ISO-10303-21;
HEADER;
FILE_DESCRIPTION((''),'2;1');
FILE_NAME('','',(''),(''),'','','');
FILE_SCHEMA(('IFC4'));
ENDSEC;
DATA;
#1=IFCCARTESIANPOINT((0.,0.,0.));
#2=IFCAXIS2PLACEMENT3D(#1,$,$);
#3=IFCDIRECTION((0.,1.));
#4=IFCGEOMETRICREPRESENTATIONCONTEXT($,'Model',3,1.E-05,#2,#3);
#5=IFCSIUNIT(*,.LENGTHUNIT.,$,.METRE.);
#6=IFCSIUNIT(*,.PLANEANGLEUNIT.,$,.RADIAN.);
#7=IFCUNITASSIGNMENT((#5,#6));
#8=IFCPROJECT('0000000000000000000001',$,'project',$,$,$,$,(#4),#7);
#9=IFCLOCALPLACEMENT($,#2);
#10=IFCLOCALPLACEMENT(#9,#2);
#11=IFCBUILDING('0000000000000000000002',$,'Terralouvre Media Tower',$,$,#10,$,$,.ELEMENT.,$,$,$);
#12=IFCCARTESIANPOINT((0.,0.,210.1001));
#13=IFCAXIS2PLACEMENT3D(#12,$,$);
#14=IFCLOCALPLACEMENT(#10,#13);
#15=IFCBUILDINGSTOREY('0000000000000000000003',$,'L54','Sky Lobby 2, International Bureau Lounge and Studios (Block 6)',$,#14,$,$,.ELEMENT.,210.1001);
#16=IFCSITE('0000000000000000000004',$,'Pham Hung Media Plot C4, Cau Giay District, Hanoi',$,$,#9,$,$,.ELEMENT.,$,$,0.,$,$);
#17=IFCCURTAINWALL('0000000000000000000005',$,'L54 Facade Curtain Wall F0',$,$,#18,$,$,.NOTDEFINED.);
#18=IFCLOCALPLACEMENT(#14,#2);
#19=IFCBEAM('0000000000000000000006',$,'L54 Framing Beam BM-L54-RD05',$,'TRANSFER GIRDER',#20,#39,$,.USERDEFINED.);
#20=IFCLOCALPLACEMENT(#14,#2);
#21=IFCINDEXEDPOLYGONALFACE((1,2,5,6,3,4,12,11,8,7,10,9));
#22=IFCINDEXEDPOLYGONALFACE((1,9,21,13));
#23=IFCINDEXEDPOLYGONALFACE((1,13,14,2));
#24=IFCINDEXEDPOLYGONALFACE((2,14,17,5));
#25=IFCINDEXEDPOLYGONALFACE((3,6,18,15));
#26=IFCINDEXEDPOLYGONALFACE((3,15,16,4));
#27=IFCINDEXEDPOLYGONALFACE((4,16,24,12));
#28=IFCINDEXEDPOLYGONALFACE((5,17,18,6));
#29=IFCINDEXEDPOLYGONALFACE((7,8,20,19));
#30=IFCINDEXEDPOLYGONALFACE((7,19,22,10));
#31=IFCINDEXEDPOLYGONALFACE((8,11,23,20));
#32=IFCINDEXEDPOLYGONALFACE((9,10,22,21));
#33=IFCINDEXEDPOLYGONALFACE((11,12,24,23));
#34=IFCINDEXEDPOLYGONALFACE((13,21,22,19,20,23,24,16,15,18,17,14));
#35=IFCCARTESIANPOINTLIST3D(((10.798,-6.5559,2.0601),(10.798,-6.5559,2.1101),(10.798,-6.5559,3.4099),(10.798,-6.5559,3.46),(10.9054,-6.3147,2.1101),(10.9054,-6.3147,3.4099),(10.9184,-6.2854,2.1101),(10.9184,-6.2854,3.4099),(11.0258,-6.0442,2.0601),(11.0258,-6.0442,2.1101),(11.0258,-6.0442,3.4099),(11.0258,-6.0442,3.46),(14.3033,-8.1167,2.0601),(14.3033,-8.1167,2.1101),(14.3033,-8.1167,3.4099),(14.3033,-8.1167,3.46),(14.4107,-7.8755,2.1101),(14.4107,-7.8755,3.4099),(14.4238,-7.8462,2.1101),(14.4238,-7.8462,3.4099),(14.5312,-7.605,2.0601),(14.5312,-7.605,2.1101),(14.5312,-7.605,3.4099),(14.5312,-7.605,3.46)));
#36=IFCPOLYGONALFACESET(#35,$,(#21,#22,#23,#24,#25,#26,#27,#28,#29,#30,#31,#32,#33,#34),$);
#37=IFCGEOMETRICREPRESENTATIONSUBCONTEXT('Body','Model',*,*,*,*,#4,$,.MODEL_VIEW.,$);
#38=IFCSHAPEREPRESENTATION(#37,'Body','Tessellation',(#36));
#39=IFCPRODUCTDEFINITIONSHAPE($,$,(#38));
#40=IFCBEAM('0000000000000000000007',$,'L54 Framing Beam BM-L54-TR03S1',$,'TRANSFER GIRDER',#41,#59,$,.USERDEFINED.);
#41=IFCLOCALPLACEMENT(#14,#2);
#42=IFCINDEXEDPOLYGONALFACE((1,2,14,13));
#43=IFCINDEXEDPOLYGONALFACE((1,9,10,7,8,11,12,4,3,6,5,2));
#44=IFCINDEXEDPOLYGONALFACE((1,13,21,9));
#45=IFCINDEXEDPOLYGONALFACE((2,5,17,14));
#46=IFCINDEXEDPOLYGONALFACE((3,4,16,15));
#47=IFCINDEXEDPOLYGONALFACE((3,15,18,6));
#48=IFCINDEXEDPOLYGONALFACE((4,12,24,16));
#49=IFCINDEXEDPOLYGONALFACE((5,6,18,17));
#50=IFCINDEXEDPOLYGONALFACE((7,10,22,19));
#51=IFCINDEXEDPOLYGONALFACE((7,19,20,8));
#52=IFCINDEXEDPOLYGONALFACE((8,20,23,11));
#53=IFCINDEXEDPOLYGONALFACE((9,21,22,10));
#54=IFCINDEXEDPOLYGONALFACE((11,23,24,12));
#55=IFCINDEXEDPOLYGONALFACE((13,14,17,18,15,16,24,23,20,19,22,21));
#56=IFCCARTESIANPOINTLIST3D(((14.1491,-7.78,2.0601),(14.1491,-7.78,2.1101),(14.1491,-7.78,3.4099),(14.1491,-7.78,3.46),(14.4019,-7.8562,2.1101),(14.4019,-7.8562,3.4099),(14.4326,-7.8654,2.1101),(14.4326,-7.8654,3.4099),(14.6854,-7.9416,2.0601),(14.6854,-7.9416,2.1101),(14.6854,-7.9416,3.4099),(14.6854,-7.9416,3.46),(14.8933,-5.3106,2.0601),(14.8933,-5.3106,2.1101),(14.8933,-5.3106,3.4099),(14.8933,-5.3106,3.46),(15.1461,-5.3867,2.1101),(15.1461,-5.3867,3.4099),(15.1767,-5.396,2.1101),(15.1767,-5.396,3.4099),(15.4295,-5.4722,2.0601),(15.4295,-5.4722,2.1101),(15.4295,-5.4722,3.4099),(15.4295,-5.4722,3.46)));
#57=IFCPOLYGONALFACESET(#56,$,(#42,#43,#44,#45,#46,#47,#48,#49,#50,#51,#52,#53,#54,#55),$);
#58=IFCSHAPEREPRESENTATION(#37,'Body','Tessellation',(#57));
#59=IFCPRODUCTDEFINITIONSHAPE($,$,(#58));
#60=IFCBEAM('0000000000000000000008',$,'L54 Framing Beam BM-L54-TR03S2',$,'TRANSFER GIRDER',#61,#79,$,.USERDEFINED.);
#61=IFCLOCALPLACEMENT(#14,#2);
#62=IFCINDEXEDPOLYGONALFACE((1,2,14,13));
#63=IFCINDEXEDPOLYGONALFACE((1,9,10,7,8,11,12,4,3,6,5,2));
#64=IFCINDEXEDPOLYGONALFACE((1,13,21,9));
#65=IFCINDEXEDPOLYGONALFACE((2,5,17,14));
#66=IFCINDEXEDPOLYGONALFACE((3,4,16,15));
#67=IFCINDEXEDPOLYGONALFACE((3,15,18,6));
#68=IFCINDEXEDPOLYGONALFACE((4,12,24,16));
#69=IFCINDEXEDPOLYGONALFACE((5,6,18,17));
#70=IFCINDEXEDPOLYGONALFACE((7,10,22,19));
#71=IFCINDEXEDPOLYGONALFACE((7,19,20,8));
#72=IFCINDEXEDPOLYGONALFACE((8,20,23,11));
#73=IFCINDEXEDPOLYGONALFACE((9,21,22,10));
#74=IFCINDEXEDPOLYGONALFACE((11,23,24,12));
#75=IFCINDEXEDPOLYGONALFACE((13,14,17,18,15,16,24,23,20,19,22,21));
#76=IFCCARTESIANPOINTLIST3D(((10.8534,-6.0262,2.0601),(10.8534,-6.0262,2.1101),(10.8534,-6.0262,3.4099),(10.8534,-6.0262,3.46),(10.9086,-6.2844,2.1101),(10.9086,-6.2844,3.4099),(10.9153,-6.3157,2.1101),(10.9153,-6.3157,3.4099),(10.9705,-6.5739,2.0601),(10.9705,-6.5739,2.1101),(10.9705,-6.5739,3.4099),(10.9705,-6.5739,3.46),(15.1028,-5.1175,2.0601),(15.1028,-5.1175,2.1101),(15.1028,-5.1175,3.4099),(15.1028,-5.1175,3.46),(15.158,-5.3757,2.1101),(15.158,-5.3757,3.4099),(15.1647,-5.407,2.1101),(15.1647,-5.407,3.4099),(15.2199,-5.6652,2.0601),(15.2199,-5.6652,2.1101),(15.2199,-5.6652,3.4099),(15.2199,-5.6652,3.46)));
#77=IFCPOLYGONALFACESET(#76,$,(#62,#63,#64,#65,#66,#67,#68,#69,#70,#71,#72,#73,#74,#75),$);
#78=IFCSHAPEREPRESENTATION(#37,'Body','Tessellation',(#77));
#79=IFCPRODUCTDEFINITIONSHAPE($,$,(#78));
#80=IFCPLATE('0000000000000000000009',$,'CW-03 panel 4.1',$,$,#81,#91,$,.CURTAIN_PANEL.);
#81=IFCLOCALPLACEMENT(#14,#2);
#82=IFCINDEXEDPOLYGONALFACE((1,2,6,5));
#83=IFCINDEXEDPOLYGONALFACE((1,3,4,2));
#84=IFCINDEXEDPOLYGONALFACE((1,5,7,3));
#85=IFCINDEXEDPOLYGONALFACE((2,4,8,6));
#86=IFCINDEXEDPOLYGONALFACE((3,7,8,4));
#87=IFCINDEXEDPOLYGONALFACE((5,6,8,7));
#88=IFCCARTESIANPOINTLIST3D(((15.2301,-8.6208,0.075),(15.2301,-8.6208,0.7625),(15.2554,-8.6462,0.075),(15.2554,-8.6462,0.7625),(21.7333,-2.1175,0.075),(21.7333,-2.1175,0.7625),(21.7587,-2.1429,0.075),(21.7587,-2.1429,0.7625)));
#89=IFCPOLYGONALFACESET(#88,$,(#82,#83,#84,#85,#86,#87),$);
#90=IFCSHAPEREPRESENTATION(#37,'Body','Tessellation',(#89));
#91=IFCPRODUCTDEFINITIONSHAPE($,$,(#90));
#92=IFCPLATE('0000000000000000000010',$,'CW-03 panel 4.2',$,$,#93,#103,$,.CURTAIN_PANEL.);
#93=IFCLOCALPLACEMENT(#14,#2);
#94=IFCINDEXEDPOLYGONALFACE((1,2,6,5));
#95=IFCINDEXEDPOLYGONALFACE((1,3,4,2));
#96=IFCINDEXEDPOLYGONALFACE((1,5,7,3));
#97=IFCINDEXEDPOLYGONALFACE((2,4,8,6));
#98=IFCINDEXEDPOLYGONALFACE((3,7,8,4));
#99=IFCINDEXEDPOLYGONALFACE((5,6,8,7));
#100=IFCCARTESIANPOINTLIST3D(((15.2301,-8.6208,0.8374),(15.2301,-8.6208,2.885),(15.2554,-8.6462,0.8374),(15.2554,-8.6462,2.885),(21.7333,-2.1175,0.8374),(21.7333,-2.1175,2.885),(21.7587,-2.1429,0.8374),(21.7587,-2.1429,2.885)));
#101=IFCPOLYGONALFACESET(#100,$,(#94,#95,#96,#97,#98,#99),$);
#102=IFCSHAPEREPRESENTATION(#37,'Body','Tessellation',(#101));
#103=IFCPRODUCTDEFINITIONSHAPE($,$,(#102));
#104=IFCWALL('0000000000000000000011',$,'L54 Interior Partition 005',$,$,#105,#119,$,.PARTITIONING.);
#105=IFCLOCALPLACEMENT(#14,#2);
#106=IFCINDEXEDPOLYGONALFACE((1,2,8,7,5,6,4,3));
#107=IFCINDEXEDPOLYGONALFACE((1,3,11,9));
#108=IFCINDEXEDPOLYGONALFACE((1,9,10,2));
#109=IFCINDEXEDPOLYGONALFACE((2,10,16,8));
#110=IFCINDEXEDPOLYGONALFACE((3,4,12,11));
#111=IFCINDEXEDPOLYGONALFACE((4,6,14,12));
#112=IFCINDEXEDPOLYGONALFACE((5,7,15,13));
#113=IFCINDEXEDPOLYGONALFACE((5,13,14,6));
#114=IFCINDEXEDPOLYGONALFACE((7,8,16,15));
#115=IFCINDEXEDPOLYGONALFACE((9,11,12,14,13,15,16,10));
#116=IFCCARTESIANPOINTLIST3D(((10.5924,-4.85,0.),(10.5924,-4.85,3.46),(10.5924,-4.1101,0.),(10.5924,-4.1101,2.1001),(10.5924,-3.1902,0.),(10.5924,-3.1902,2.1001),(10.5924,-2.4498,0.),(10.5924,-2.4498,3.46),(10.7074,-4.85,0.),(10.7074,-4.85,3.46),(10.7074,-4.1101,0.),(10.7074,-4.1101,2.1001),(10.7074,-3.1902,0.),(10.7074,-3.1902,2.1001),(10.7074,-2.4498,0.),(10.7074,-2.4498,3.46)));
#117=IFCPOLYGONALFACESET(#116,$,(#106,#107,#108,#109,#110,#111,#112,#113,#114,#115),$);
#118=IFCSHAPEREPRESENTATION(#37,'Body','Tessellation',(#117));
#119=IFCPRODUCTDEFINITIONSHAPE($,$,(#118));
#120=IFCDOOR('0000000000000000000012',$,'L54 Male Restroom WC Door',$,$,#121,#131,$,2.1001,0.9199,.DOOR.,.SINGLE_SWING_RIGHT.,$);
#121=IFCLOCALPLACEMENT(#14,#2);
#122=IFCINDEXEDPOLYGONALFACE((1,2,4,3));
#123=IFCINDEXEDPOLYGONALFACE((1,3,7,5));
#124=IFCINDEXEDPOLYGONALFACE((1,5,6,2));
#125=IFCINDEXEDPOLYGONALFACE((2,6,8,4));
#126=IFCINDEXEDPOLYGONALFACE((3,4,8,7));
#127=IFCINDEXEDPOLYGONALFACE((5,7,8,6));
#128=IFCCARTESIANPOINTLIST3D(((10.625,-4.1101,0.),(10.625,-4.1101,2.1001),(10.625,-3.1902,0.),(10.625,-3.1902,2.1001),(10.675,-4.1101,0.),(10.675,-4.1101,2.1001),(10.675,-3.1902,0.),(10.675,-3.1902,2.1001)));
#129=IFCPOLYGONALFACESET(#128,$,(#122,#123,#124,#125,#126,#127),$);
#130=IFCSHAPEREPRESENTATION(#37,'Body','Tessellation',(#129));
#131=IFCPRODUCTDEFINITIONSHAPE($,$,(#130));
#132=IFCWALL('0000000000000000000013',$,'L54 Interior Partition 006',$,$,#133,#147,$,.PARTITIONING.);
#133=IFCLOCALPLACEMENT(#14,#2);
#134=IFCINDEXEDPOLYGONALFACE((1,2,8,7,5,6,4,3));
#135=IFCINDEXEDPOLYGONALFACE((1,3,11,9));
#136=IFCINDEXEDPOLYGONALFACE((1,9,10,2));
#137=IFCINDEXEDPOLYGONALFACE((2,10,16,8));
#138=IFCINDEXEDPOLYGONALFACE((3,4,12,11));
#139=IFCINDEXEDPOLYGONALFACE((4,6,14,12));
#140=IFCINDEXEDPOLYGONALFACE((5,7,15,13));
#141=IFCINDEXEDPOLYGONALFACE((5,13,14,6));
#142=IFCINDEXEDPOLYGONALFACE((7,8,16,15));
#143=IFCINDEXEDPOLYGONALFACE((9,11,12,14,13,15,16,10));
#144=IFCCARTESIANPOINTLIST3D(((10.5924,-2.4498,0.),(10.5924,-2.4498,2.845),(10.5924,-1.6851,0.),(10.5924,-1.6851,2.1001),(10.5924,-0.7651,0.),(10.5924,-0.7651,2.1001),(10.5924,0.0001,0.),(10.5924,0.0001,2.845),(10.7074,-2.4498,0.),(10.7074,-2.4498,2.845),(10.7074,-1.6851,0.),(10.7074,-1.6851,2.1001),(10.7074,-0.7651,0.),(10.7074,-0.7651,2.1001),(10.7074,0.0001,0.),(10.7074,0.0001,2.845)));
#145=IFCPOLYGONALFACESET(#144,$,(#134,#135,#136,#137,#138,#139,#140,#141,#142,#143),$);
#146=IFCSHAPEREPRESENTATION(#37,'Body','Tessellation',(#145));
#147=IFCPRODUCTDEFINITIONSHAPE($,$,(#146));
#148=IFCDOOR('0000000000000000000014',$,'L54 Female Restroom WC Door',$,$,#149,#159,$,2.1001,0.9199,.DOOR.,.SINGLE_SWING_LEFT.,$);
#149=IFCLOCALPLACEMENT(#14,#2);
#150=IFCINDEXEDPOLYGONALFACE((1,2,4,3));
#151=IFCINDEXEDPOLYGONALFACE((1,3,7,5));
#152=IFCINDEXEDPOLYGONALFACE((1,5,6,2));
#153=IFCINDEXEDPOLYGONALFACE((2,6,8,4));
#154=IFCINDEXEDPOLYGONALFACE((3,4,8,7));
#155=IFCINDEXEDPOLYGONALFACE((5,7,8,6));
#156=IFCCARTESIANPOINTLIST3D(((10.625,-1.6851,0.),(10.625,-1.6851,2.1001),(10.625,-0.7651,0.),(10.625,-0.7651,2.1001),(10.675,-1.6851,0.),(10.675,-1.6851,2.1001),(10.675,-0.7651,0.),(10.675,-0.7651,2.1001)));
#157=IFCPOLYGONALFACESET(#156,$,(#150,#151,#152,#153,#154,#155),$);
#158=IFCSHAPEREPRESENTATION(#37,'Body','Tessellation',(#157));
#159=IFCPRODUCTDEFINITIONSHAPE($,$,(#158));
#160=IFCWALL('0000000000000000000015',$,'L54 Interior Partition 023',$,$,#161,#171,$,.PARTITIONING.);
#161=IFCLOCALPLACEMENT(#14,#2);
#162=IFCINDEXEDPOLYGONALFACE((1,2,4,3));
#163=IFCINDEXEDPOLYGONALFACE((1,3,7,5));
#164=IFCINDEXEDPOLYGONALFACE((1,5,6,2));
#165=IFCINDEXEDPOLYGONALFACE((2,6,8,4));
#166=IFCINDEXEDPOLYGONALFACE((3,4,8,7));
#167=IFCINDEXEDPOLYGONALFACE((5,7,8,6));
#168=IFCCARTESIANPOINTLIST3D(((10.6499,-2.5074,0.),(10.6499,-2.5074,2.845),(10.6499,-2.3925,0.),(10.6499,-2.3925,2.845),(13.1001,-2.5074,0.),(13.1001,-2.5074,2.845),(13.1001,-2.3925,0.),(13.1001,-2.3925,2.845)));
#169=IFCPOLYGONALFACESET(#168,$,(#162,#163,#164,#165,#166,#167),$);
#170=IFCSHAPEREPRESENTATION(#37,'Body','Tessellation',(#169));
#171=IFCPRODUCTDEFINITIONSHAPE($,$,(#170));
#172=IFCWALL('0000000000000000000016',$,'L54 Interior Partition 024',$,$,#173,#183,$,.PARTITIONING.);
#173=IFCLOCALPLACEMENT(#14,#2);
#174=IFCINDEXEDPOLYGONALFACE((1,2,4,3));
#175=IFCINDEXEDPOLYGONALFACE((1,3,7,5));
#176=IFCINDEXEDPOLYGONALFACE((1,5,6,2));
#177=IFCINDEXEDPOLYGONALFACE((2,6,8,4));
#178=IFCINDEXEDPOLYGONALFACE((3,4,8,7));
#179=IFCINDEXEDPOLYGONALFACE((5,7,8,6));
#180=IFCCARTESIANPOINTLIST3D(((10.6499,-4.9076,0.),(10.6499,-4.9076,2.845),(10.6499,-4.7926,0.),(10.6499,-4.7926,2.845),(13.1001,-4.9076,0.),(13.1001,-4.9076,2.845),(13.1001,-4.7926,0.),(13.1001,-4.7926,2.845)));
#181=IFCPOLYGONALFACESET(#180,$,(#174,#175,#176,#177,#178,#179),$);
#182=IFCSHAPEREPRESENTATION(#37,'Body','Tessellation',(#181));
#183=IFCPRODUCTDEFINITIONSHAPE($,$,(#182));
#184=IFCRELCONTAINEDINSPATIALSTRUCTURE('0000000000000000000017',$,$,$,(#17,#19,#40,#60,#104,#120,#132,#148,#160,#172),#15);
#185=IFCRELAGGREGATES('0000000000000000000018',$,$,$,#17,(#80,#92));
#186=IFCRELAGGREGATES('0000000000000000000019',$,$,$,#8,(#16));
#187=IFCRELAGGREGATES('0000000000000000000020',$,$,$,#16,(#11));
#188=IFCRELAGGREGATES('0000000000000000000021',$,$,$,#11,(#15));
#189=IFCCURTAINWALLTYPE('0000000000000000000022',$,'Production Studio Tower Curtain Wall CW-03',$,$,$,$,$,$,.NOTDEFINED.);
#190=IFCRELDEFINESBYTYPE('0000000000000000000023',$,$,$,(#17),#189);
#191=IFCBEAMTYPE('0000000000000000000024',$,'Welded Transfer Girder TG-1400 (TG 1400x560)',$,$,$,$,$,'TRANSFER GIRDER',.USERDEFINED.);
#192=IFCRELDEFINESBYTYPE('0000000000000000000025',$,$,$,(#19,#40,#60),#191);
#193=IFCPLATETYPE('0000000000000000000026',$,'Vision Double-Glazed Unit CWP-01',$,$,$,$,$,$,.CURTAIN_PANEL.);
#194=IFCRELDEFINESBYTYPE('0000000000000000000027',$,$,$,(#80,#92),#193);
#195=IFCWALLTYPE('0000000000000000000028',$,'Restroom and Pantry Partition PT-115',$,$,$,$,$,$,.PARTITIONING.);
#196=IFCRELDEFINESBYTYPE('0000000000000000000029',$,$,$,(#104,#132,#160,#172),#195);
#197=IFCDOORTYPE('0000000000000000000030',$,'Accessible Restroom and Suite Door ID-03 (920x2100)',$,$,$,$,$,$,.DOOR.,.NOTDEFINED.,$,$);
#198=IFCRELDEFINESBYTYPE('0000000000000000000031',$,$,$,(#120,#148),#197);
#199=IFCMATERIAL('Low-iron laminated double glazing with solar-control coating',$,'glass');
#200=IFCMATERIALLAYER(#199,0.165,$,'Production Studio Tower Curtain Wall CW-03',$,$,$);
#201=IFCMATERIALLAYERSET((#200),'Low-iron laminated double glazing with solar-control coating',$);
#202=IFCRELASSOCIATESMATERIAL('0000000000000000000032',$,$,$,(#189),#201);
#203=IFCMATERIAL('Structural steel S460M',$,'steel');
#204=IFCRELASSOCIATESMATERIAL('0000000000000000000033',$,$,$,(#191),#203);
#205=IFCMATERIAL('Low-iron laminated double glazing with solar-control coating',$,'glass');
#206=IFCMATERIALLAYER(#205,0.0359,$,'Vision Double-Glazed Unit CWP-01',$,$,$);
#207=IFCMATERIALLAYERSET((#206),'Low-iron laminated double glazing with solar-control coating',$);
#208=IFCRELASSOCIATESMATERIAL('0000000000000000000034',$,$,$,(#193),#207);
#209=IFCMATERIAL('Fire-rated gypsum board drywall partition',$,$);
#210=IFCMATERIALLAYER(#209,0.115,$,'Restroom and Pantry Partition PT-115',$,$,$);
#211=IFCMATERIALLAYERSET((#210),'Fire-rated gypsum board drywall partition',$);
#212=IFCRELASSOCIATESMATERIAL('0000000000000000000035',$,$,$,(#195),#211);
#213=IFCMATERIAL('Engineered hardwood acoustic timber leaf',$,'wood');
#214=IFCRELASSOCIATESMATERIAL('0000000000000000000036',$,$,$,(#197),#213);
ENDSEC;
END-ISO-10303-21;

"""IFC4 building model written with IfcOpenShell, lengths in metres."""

from ifc_helpers import new_model, si_unit, direction, frame, frame_2d, origin, origin_2d, place, context, subcontext, project, spatial, rectangle, i_section, extrude, material, layer, layer_set, material_profile, profile_set, type_object, element, fill, aggregate, save


model = new_model("IFC4")

# Units and contexts
model_context = context("Model", 3, precision=1e-05, world=origin(), true_north=direction((0.0, 1.0)))
body_context = subcontext(model_context, "Body", "Model", "MODEL_VIEW")
ifc_project = project(units=[si_unit("LENGTHUNIT", "METRE"), si_unit("PLANEANGLEUNIT", "RADIAN")], contexts=[model_context])

# Site, building, storey
site_placement = place(None, origin())
site = spatial("IfcSite", under=ifc_project, at=site_placement, Name="Pham Hung Media Plot C4, Cau Giay District, Hanoi", CompositionType="ELEMENT", RefElevation=0.0)
building_placement = place(site_placement, origin())
building = spatial("IfcBuilding", under=site, at=building_placement, Name="Terralouvre Media Tower", CompositionType="ELEMENT")
storey_placement = place(building_placement, frame((0.0, 0.0, 210.1001)))
storey = spatial("IfcBuildingStorey", under=building, at=storey_placement, Name="L54", Description="Sky Lobby 2, International Bureau Lounge and Studios (Block 6)", CompositionType="ELEMENT", Elevation=210.1001)

# Curtain wall
ifc_material_1 = material(Name="Low-iron laminated double glazing with solar-control coating", Category="glass")
ifc_layer_1 = layer(ifc_material_1, 0.165, Name="Production Studio Tower Curtain Wall CW-03")
ifc_layer_set_1 = layer_set([ifc_layer_1], Name="Low-iron laminated double glazing with solar-control coating")
curtain_wall_type = type_object("IfcCurtainWallType", Name="Production Studio Tower Curtain Wall CW-03", PredefinedType="NOTDEFINED", material=ifc_layer_set_1)
curtain_wall_placement = place(storey_placement, origin())
curtain_wall = element("IfcCurtainWall", 1, at=curtain_wall_placement, inside=storey, type_object=curtain_wall_type, Name="L54 Facade Curtain Wall F0", PredefinedType="NOTDEFINED")

# Beams
ifc_material_2 = material(Name="Structural steel S460M", Category="steel")
ifc_material_profile_1 = material_profile(ifc_material_2, i_section(OverallWidth=0.5601, OverallDepth=1.3999, WebThickness=0.032, FlangeThickness=0.05, at=origin_2d()), Name="TG 1400x560")
ifc_profile_set_1 = profile_set([ifc_material_profile_1], Name="Structural steel S460M")
beam_type_1 = type_object("IfcBeamType", Name="Welded Transfer Girder TG-1400 (TG 1400x560)", ElementType="TRANSFER GIRDER", PredefinedType="USERDEFINED", material=ifc_profile_set_1)
beam_1_placement = place(storey_placement, frame((10.9119, -6.3, 2.76), z_axis=(0.913536, -0.406758, 0.0), x_axis=(0.406758, 0.913536, 0.0)))
element("IfcBeam", 2, at=beam_1_placement, inside=storey, type_object=beam_type_1, Name="L54 Framing Beam BM-L54-RD05", ObjectType="TRANSFER GIRDER", PredefinedType="USERDEFINED", context=body_context, shape_type="SweptSolid", body=[
    extrude(i_section(OverallWidth=0.5601, OverallDepth=1.3999, WebThickness=0.032, FlangeThickness=0.05, at=origin_2d()), origin(), (0.0, 0.0, 1.0), 3.8372),
])
beam_2_placement = place(storey_placement, frame((15.1614, -5.3914, 2.76), z_axis=(-0.28852, -0.957474, 0.0), x_axis=(0.957474, -0.28852, 0.0)))
element("IfcBeam", 3, at=beam_2_placement, inside=storey, type_object=beam_type_1, Name="L54 Framing Beam BM-L54-TR03S1", ObjectType="TRANSFER GIRDER", PredefinedType="USERDEFINED", context=body_context, shape_type="SweptSolid", body=[
    extrude(i_section(OverallWidth=0.5601, OverallDepth=1.3999, WebThickness=0.032, FlangeThickness=0.05, at=origin_2d()), origin(), (0.0, 0.0, 1.0), 2.5791),
])
beam_3_placement = place(storey_placement, frame((15.1614, -5.3914, 2.76), z_axis=(-0.977893, -0.209107, 0.0), x_axis=(0.209107, -0.977893, 0.0)))
element("IfcBeam", 4, at=beam_3_placement, inside=storey, type_object=beam_type_1, Name="L54 Framing Beam BM-L54-TR03S2", ObjectType="TRANSFER GIRDER", PredefinedType="USERDEFINED", context=body_context, shape_type="SweptSolid", body=[
    extrude(i_section(OverallWidth=0.5601, OverallDepth=1.3999, WebThickness=0.032, FlangeThickness=0.05, at=origin_2d()), origin(), (0.0, 0.0, 1.0), 4.3455),
])

# Plates
ifc_material_3 = material(Name="Low-iron laminated double glazing with solar-control coating", Category="glass")
ifc_layer_2 = layer(ifc_material_3, 0.0359, Name="Vision Double-Glazed Unit CWP-01")
ifc_layer_set_2 = layer_set([ifc_layer_2], Name="Low-iron laminated double glazing with solar-control coating")
plate_type = type_object("IfcPlateType", Name="Vision Double-Glazed Unit CWP-01", PredefinedType="CURTAIN_PANEL", material=ifc_layer_set_2)
plate_1_placement = place(storey_placement, frame((18.4944, -5.3818, 0.075), z_axis=(0.0, 0.0, 1.0), x_axis=(0.707107, 0.707107, 0.0)))
plate_1 = element("IfcPlate", 5, at=plate_1_placement, type_object=plate_type, Name="CW-03 panel 4.1", PredefinedType="CURTAIN_PANEL", context=body_context, shape_type="SweptSolid", body=[
    extrude(rectangle(XDim=9.197, YDim=0.0359, at=origin_2d()), origin(), (0.0, 0.0, 1.0), 0.6875),
])
plate_2_placement = place(storey_placement, frame((18.4944, -5.3818, 0.8374), z_axis=(0.0, 0.0, 1.0), x_axis=(0.707107, 0.707107, 0.0)))
plate_2 = element("IfcPlate", 6, at=plate_2_placement, type_object=plate_type, Name="CW-03 panel 4.2", PredefinedType="CURTAIN_PANEL", context=body_context, shape_type="SweptSolid", body=[
    extrude(rectangle(XDim=9.197, YDim=0.0359, at=origin_2d()), origin(), (0.0, 0.0, 1.0), 2.0476),
])
aggregate(curtain_wall, [plate_1, plate_2])

# Walls, openings, doors
ifc_material_4 = material(Name="Fire-rated gypsum board drywall partition")
ifc_layer_3 = layer(ifc_material_4, 0.115, Name="Restroom and Pantry Partition PT-115")
ifc_layer_set_3 = layer_set([ifc_layer_3], Name="Fire-rated gypsum board drywall partition")
wall_type = type_object("IfcWallType", Name="Restroom and Pantry Partition PT-115", PredefinedType="PARTITIONING", material=ifc_layer_set_3)
wall_1_placement = place(storey_placement, frame((10.6499, -4.8501, 0.0), z_axis=(0.0, 0.0, 1.0), x_axis=(0.0, 1.0, 0.0)))
wall_1 = element("IfcWall", 7, at=wall_1_placement, inside=storey, type_object=wall_type, Name="L54 Interior Partition 005", PredefinedType="PARTITIONING", context=body_context, shape_type="SweptSolid", body=[
    extrude(rectangle(XDim=2.4001, YDim=0.115, at=frame_2d((1.2002, 0.0))), origin(), (0.0, 0.0, 1.0), 3.46),
])
opening_1_placement = place(wall_1_placement, frame((0.74, 0.0, 0.0)))
opening_1 = element("IfcOpeningElement", 8, at=opening_1_placement, cuts=wall_1, PredefinedType="OPENING", context=body_context, shape_type="SweptSolid", body=[
    extrude(rectangle(XDim=0.9199, YDim=2.1001, at=frame_2d((0.46, 1.05))), frame((0.0, 0.0674, 0.0), z_axis=(0.0, -1.0, 0.0), x_axis=(1.0, 0.0, 0.0)), (0.0, 0.0, 1.0), 0.135),
])
ifc_material_5 = material(Name="Engineered hardwood acoustic timber leaf", Category="wood")
door_type = type_object("IfcDoorType", Name="Accessible Restroom and Suite Door ID-03 (920x2100)", OperationType="NOTDEFINED", PredefinedType="DOOR", material=ifc_material_5)
door_1_placement = place(opening_1_placement, origin())
door_1 = element("IfcDoor", 9, at=door_1_placement, inside=storey, type_object=door_type, Name="L54 Male Restroom WC Door", OperationType="SINGLE_SWING_RIGHT", OverallHeight=2.1001, OverallWidth=0.9199, PredefinedType="DOOR", context=body_context, shape_type="SweptSolid", body=[
    extrude(rectangle(XDim=0.9199, YDim=2.1001, at=frame_2d((0.46, 1.05))), frame((0.0, 0.0249, 0.0), z_axis=(0.0, -1.0, 0.0), x_axis=(1.0, 0.0, 0.0)), (0.0, 0.0, 1.0), 0.05),
])
fill(opening_1, door_1)
wall_2_placement = place(storey_placement, frame((10.6499, -2.45, 0.0), z_axis=(0.0, 0.0, 1.0), x_axis=(0.0, 1.0, 0.0)))
wall_2 = element("IfcWall", 10, at=wall_2_placement, inside=storey, type_object=wall_type, Name="L54 Interior Partition 006", PredefinedType="PARTITIONING", context=body_context, shape_type="SweptSolid", body=[
    extrude(rectangle(XDim=2.45, YDim=0.115, at=frame_2d((1.2251, 0.0))), origin(), (0.0, 0.0, 1.0), 2.845),
])
opening_2_placement = place(wall_2_placement, frame((0.7649, 0.0, 0.0)))
opening_2 = element("IfcOpeningElement", 11, at=opening_2_placement, cuts=wall_2, PredefinedType="OPENING", context=body_context, shape_type="SweptSolid", body=[
    extrude(rectangle(XDim=0.9199, YDim=2.1001, at=frame_2d((0.46, 1.05))), frame((0.0, 0.0674, 0.0), z_axis=(0.0, -1.0, 0.0), x_axis=(1.0, 0.0, 0.0)), (0.0, 0.0, 1.0), 0.135),
])
door_2_placement = place(opening_2_placement, origin())
door_2 = element("IfcDoor", 12, at=door_2_placement, inside=storey, type_object=door_type, Name="L54 Female Restroom WC Door", OperationType="SINGLE_SWING_LEFT", OverallHeight=2.1001, OverallWidth=0.9199, PredefinedType="DOOR", context=body_context, shape_type="SweptSolid", body=[
    extrude(rectangle(XDim=0.9199, YDim=2.1001, at=frame_2d((0.46, 1.05))), frame((0.0, 0.0249, 0.0), z_axis=(0.0, -1.0, 0.0), x_axis=(1.0, 0.0, 0.0)), (0.0, 0.0, 1.0), 0.05),
])
fill(opening_2, door_2)

# Walls
for number, where, z_axis, x_axis, name in (
    (13, (13.1001, -2.45, 0.0), (0.0, 0.0, 1.0), (-1.0, 0.0, 0.0), "L54 Interior Partition 023"),
    (14, (10.6499, -4.8501, 0.0), (0.0, 0.0, 1.0), (1.0, 0.0, 0.0), "L54 Interior Partition 024"),
):
    element("IfcWall", number, at=place(storey_placement, frame(where, z_axis=z_axis, x_axis=x_axis)), inside=storey, type_object=wall_type, Name=name, PredefinedType="PARTITIONING", context=body_context, shape_type="SweptSolid", body=[
        extrude(rectangle(XDim=2.4502, YDim=0.115, at=frame_2d((1.2251, 0.0))), origin(), (0.0, 0.0, 1.0), 2.845),
    ])

save(model, "model.ifc")
